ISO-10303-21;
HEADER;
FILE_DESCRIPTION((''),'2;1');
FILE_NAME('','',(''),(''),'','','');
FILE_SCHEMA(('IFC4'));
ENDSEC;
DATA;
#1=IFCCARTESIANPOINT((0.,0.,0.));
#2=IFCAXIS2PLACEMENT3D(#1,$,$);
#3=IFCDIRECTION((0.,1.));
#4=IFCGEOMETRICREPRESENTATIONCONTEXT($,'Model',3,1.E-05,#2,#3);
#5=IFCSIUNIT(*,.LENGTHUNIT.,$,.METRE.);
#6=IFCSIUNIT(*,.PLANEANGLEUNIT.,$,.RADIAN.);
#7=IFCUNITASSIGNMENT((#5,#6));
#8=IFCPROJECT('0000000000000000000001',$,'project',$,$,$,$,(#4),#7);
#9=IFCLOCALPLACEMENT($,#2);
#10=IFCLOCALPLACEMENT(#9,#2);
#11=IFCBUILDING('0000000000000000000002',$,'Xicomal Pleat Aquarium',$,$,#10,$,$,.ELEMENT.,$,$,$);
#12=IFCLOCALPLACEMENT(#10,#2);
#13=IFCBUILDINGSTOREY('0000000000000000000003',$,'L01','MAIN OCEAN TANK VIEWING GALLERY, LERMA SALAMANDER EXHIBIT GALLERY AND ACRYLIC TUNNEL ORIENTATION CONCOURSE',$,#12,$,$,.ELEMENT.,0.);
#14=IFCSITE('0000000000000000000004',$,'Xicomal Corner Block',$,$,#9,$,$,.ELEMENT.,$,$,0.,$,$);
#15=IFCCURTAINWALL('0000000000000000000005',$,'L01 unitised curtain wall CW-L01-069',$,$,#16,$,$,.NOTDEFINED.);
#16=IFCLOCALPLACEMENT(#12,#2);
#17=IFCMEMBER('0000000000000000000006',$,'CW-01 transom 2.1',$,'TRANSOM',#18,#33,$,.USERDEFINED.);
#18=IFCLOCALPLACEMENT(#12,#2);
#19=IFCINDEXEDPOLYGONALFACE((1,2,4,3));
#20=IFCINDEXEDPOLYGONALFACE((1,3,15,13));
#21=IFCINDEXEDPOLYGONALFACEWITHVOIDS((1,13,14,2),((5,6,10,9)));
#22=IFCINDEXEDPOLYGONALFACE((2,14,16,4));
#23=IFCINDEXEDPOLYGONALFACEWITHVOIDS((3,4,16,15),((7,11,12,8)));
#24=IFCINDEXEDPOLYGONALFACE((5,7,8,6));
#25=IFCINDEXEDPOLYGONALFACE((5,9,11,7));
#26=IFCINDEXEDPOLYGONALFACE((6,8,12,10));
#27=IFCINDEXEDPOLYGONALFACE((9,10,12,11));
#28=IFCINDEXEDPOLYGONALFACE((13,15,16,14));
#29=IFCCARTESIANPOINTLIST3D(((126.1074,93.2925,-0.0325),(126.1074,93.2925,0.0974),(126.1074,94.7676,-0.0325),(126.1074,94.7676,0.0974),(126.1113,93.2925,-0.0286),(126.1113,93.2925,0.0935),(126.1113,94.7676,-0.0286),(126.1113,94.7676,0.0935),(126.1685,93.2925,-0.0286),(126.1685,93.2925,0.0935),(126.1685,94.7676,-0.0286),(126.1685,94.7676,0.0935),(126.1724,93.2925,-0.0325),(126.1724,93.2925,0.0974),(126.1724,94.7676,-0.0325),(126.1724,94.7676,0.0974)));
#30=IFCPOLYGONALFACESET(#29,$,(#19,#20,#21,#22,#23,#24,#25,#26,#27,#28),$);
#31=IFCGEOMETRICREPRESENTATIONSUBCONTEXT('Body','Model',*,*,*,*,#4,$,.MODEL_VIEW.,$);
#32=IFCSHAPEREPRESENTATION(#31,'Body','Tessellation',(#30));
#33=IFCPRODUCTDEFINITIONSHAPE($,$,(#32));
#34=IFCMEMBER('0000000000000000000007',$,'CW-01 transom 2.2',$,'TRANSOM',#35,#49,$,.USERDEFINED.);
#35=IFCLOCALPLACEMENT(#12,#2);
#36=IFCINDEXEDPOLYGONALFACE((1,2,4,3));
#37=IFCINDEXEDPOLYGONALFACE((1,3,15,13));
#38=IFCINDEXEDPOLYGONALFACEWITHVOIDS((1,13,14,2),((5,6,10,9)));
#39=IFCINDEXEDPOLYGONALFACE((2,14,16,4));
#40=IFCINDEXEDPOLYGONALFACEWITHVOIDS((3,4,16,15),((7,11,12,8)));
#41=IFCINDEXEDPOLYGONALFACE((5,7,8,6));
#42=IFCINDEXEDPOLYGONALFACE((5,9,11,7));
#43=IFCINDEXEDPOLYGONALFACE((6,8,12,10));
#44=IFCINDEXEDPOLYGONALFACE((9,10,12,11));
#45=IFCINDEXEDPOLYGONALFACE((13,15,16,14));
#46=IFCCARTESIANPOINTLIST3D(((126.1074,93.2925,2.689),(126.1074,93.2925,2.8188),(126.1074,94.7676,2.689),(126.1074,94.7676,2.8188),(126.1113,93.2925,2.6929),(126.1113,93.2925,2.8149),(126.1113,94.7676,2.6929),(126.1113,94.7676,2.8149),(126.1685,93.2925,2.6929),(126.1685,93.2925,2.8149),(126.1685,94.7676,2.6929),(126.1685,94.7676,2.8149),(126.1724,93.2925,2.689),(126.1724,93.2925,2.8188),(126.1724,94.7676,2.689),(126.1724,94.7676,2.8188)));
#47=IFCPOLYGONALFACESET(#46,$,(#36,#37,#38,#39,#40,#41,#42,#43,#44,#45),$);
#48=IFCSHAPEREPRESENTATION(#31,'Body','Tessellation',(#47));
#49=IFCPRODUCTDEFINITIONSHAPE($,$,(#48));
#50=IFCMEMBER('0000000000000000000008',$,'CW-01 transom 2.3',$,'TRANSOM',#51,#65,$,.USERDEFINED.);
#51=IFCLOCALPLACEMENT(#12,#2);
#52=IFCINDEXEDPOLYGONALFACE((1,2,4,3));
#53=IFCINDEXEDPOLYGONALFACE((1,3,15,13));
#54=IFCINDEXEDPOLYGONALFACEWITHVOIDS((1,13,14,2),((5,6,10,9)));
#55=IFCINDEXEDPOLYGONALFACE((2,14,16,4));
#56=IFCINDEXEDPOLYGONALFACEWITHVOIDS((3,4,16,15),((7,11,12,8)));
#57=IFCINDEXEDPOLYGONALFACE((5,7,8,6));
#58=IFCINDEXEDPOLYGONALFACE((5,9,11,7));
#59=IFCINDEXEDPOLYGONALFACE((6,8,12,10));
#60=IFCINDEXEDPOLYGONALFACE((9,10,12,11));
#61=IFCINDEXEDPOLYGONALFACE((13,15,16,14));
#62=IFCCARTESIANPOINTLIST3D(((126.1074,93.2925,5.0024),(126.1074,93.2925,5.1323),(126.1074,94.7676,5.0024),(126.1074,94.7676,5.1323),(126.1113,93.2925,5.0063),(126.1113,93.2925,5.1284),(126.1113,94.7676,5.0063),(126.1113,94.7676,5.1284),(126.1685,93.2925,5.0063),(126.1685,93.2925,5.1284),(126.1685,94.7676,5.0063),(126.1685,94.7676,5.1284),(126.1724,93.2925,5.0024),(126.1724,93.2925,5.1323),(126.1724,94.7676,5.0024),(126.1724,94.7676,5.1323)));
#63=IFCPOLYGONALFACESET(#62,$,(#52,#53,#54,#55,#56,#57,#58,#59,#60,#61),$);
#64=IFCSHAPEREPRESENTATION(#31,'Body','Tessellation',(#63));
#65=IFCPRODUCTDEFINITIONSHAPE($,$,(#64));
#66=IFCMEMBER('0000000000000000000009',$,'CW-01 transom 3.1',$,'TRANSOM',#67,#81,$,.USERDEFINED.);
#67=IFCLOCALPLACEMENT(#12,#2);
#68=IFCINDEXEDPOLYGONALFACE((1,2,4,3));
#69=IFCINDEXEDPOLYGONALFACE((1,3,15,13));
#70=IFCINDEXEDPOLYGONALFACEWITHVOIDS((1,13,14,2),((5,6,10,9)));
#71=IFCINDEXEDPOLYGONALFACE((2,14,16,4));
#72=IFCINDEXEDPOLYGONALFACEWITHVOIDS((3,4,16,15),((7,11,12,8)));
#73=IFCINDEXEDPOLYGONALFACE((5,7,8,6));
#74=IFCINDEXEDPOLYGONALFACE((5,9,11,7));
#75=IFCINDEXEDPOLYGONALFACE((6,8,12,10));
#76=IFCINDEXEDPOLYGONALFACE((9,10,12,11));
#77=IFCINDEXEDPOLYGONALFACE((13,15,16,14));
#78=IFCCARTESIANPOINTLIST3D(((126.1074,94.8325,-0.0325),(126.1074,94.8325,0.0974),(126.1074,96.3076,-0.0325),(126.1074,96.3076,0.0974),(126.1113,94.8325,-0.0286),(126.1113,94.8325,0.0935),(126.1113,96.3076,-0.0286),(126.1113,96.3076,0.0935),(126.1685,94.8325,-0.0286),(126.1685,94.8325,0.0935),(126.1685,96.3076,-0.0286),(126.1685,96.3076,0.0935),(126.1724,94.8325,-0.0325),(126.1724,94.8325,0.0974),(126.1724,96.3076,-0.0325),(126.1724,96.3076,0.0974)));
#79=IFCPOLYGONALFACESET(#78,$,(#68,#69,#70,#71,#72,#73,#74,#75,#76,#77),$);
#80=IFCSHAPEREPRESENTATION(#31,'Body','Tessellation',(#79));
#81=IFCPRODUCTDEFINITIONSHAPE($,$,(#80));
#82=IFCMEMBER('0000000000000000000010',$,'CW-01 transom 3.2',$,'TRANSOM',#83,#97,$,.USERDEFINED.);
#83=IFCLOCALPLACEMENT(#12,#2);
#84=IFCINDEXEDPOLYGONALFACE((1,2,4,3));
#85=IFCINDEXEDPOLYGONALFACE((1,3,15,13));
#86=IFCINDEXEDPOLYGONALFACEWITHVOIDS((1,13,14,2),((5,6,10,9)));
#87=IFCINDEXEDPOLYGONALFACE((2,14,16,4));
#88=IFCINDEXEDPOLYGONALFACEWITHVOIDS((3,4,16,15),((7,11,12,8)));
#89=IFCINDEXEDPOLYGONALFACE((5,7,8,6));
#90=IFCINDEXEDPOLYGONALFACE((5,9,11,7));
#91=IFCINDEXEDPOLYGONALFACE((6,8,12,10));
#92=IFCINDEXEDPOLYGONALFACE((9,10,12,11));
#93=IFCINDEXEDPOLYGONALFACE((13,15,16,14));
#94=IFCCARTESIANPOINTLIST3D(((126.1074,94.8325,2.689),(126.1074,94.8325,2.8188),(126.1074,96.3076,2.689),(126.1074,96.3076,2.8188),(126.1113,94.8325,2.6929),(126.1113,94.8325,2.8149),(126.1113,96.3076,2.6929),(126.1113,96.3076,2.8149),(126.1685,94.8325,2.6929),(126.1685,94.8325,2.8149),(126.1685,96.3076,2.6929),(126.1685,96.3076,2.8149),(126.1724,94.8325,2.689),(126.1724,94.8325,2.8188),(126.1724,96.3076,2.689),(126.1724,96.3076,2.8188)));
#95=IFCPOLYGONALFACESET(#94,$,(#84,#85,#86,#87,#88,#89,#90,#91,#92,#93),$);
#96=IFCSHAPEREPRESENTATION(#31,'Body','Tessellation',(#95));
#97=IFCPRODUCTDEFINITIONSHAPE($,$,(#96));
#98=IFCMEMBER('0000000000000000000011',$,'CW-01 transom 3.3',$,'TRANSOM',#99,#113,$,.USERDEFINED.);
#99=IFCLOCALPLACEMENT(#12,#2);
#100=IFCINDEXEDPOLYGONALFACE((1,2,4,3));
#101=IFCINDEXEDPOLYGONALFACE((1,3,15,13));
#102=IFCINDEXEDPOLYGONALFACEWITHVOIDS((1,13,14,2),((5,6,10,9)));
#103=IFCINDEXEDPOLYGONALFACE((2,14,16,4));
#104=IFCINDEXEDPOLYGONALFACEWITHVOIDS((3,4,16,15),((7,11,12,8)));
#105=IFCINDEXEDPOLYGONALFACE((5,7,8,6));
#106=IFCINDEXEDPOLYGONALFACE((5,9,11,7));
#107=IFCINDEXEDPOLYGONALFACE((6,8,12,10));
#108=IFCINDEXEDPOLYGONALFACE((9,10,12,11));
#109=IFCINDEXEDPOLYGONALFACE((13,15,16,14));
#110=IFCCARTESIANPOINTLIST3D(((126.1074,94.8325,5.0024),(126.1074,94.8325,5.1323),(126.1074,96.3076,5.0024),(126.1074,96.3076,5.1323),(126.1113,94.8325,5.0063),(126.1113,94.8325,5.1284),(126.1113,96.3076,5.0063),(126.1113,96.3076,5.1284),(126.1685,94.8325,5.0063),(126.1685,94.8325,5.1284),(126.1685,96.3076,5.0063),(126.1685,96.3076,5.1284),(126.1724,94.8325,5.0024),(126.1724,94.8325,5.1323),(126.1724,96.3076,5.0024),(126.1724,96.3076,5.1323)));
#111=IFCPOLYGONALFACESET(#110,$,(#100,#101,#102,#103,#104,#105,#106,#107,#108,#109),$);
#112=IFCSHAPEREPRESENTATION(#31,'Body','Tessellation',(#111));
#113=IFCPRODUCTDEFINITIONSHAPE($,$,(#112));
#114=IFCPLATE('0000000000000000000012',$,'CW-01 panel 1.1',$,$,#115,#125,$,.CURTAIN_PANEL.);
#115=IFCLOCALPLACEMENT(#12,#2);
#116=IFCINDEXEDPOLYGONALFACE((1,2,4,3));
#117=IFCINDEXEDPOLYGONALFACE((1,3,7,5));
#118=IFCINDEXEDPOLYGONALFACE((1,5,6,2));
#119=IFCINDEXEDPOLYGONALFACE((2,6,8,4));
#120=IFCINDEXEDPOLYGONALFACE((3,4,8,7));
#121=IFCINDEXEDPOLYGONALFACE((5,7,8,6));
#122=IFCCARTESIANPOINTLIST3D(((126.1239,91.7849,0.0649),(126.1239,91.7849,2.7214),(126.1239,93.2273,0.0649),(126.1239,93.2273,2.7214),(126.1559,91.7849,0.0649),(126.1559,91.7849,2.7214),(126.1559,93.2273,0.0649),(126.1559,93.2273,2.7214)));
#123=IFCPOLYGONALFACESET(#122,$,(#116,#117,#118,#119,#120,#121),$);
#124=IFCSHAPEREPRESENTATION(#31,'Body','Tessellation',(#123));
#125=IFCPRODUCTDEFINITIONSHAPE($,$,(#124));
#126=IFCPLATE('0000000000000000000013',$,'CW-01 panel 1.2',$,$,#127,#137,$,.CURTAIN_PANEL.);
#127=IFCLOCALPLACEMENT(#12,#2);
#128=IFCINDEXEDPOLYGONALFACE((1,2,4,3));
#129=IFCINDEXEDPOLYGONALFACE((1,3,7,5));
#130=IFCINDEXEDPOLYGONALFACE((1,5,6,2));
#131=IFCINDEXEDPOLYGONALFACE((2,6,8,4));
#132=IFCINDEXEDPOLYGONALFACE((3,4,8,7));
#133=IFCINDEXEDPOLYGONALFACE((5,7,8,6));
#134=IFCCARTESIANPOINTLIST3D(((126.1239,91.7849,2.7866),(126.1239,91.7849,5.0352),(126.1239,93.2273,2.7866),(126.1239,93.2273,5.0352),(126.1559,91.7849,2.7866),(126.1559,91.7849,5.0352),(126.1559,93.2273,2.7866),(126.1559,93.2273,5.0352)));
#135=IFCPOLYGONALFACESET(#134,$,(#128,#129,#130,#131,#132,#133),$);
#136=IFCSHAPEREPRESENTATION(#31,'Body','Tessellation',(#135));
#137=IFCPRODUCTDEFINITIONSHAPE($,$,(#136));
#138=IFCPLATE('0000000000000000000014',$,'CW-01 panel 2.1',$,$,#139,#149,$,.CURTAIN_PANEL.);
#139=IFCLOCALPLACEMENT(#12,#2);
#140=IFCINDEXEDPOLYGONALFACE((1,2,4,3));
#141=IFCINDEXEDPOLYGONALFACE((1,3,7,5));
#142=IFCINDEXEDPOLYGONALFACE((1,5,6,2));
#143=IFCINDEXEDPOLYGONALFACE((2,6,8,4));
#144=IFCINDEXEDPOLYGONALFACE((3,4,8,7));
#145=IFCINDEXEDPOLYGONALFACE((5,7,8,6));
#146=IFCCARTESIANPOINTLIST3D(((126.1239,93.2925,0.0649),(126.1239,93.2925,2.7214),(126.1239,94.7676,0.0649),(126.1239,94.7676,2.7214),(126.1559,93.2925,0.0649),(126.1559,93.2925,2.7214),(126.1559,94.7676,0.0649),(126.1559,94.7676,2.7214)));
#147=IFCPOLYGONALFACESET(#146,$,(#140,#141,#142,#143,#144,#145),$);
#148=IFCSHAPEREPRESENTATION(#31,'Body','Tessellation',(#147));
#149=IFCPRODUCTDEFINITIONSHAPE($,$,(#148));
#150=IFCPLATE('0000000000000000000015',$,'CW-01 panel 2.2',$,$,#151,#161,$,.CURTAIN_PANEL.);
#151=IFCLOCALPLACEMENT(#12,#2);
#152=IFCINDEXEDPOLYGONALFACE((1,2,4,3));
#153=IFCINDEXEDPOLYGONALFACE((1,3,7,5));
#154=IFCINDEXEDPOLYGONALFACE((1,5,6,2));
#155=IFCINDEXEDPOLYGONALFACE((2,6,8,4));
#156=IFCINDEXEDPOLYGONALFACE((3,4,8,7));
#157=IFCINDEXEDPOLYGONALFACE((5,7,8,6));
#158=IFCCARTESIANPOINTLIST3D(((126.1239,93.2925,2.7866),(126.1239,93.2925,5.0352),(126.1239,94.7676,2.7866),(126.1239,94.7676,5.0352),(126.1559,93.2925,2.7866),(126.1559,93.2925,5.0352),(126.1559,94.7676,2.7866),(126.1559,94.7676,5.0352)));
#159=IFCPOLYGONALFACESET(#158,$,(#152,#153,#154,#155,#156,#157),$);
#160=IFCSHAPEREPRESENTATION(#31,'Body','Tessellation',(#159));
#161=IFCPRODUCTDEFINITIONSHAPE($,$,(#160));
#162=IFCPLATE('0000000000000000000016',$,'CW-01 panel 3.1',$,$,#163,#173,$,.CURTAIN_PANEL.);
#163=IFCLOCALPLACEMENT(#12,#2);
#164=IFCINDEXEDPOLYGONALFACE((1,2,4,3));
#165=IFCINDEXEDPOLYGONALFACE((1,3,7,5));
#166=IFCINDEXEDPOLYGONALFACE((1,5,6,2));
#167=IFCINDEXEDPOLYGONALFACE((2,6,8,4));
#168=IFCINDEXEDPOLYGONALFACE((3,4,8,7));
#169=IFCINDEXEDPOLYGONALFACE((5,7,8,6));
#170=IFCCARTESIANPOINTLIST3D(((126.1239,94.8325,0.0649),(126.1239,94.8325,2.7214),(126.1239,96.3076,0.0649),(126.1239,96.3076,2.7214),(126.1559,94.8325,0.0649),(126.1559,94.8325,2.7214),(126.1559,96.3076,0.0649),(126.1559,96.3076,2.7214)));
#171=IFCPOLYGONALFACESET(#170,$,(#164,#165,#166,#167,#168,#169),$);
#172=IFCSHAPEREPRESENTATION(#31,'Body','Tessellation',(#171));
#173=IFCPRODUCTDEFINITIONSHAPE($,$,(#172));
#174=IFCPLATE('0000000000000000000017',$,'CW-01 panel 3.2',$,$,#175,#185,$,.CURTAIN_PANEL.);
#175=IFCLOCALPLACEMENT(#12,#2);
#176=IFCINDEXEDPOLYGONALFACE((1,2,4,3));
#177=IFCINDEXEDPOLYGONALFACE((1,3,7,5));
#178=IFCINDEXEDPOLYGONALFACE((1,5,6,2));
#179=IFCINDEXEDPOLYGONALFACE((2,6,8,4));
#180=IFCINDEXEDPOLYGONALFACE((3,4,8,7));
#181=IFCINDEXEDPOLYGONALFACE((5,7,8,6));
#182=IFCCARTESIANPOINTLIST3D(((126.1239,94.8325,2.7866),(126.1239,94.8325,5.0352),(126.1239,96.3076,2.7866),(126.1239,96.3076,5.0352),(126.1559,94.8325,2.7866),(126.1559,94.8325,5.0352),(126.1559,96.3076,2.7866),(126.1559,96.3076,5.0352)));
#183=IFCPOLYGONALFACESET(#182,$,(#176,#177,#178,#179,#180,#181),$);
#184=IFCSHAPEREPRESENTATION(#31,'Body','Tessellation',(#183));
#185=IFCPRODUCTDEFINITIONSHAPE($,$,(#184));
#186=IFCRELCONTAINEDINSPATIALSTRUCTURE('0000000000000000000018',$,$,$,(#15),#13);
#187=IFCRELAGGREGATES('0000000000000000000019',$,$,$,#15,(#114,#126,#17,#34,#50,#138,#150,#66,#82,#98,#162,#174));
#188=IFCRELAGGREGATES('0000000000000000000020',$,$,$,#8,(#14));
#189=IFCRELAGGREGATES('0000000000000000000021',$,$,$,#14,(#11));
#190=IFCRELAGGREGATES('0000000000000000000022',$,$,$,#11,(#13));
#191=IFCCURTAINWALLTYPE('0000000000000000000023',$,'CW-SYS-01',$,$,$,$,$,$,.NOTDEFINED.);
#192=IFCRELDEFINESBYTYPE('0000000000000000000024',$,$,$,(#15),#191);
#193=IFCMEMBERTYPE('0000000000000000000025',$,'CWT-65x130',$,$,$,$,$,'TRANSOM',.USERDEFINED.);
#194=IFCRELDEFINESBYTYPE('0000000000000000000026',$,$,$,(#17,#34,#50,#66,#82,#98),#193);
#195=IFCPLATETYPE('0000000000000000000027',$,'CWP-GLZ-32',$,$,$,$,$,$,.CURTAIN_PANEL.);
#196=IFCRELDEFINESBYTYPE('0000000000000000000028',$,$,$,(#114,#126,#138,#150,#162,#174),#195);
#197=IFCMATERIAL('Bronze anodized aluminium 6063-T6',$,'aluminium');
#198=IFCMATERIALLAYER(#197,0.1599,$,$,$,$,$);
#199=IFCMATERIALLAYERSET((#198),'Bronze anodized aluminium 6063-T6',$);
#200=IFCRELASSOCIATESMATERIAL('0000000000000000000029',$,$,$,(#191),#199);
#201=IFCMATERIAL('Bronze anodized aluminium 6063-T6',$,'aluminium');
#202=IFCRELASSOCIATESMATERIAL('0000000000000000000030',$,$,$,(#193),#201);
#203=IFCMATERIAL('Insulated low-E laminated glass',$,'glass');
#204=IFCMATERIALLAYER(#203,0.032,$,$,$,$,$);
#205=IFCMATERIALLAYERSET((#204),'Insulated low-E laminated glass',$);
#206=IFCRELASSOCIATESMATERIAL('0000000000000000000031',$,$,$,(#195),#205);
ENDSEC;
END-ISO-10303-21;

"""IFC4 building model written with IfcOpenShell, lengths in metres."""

from ifc_helpers import new_model, si_unit, direction, frame, origin, origin_2d, place, context, subcontext, project, spatial, rectangle, hollow_rectangle, extrude, material, layer, layer_set, material_profile, profile_set, type_object, element, aggregate, save


model = new_model("IFC4")

# Units and contexts
model_context = context("Model", 3, precision=1e-05, world=origin(), true_north=direction((0.0, 1.0)))
body_context = subcontext(model_context, "Body", "Model", "MODEL_VIEW")
ifc_project = project(units=[si_unit("LENGTHUNIT", "METRE"), si_unit("PLANEANGLEUNIT", "RADIAN")], contexts=[model_context])

# Site, building, storey
site_placement = place(None, origin())
site = spatial("IfcSite", under=ifc_project, at=site_placement, Name="Xicomal Corner Block", CompositionType="ELEMENT", RefElevation=0.0)
building_placement = place(site_placement, origin())
building = spatial("IfcBuilding", under=site, at=building_placement, Name="Xicomal Pleat Aquarium", CompositionType="ELEMENT")
storey_placement = place(building_placement, origin())
storey = spatial("IfcBuildingStorey", under=building, at=storey_placement, Name="L01", Description="MAIN OCEAN TANK VIEWING GALLERY, LERMA SALAMANDER EXHIBIT GALLERY AND ACRYLIC TUNNEL ORIENTATION CONCOURSE", CompositionType="ELEMENT", Elevation=0.0)

# Curtain wall, members, plates
ifc_material_1 = material(Name="Bronze anodized aluminium 6063-T6", Category="aluminium")
ifc_layer_1 = layer(ifc_material_1, 0.1599)
ifc_layer_set_1 = layer_set([ifc_layer_1], Name="Bronze anodized aluminium 6063-T6")
curtain_wall_type = type_object("IfcCurtainWallType", Name="CW-SYS-01", PredefinedType="NOTDEFINED", material=ifc_layer_set_1)
curtain_wall_placement = place(storey_placement, origin())
curtain_wall = element("IfcCurtainWall", 1, at=curtain_wall_placement, inside=storey, type_object=curtain_wall_type, Name="L01 unitised curtain wall CW-L01-069", PredefinedType="NOTDEFINED")
ifc_material_2 = material(Name="Bronze anodized aluminium 6063-T6", Category="aluminium")
ifc_material_profile_1 = material_profile(ifc_material_2, hollow_rectangle(XDim=0.0649, YDim=0.1299, WallThickness=0.0039, at=origin_2d()), Name="ALU TRAN 65x130")
ifc_profile_set_1 = profile_set([ifc_material_profile_1], Name="Bronze anodized aluminium 6063-T6")
member_type_1 = type_object("IfcMemberType", Name="CWT-65x130", ElementType="TRANSOM", PredefinedType="USERDEFINED", material=ifc_profile_set_1)
member_1_placement = place(storey_placement, frame((126.1399, 93.2925, 0.0325), z_axis=(0.0, 1.0, 0.0), x_axis=(-1.0, 0.0, 0.0)))
member_1 = element("IfcMember", 2, at=member_1_placement, type_object=member_type_1, Name="CW-01 transom 2.1", ObjectType="TRANSOM", PredefinedType="USERDEFINED", context=body_context, shape_type="SweptSolid", body=[
    extrude(hollow_rectangle(XDim=0.0649, YDim=0.1299, WallThickness=0.0039, at=origin_2d()), origin(), (0.0, 0.0, 1.0), 1.4751),
])
member_2_placement = place(storey_placement, frame((126.1399, 93.2925, 2.7539), z_axis=(0.0, 1.0, 0.0), x_axis=(-1.0, 0.0, 0.0)))
member_2 = element("IfcMember", 3, at=member_2_placement, type_object=member_type_1, Name="CW-01 transom 2.2", ObjectType="TRANSOM", PredefinedType="USERDEFINED", context=body_context, shape_type="SweptSolid", body=[
    extrude(hollow_rectangle(XDim=0.0649, YDim=0.1299, WallThickness=0.0039, at=origin_2d()), origin(), (0.0, 0.0, 1.0), 1.4751),
])
member_3_placement = place(storey_placement, frame((126.1399, 93.2925, 5.0674), z_axis=(0.0, 1.0, 0.0), x_axis=(-1.0, 0.0, 0.0)))
member_3 = element("IfcMember", 4, at=member_3_placement, type_object=member_type_1, Name="CW-01 transom 2.3", ObjectType="TRANSOM", PredefinedType="USERDEFINED", context=body_context, shape_type="SweptSolid", body=[
    extrude(hollow_rectangle(XDim=0.0649, YDim=0.1299, WallThickness=0.0039, at=origin_2d()), origin(), (0.0, 0.0, 1.0), 1.4751),
])
member_4_placement = place(storey_placement, frame((126.1399, 94.8325, 0.0325), z_axis=(0.0, 1.0, 0.0), x_axis=(-1.0, 0.0, 0.0)))
member_4 = element("IfcMember", 5, at=member_4_placement, type_object=member_type_1, Name="CW-01 transom 3.1", ObjectType="TRANSOM", PredefinedType="USERDEFINED", context=body_context, shape_type="SweptSolid", body=[
    extrude(hollow_rectangle(XDim=0.0649, YDim=0.1299, WallThickness=0.0039, at=origin_2d()), origin(), (0.0, 0.0, 1.0), 1.4751),
])
member_5_placement = place(storey_placement, frame((126.1399, 94.8325, 2.7539), z_axis=(0.0, 1.0, 0.0), x_axis=(-1.0, 0.0, 0.0)))
member_5 = element("IfcMember", 6, at=member_5_placement, type_object=member_type_1, Name="CW-01 transom 3.2", ObjectType="TRANSOM", PredefinedType="USERDEFINED", context=body_context, shape_type="SweptSolid", body=[
    extrude(hollow_rectangle(XDim=0.0649, YDim=0.1299, WallThickness=0.0039, at=origin_2d()), origin(), (0.0, 0.0, 1.0), 1.4751),
])
member_6_placement = place(storey_placement, frame((126.1399, 94.8325, 5.0674), z_axis=(0.0, 1.0, 0.0), x_axis=(-1.0, 0.0, 0.0)))
member_6 = element("IfcMember", 7, at=member_6_placement, type_object=member_type_1, Name="CW-01 transom 3.3", ObjectType="TRANSOM", PredefinedType="USERDEFINED", context=body_context, shape_type="SweptSolid", body=[
    extrude(hollow_rectangle(XDim=0.0649, YDim=0.1299, WallThickness=0.0039, at=origin_2d()), origin(), (0.0, 0.0, 1.0), 1.4751),
])
ifc_material_3 = material(Name="Insulated low-E laminated glass", Category="glass")
ifc_layer_2 = layer(ifc_material_3, 0.032)
ifc_layer_set_2 = layer_set([ifc_layer_2], Name="Insulated low-E laminated glass")
plate_type = type_object("IfcPlateType", Name="CWP-GLZ-32", PredefinedType="CURTAIN_PANEL", material=ifc_layer_set_2)
plate_1_placement = place(storey_placement, frame((126.1399, 92.5061, 0.0649), z_axis=(0.0, 0.0, 1.0), x_axis=(0.0, 1.0, 0.0)))
plate_1 = element("IfcPlate", 8, at=plate_1_placement, type_object=plate_type, Name="CW-01 panel 1.1", PredefinedType="CURTAIN_PANEL", context=body_context, shape_type="SweptSolid", body=[
    extrude(rectangle(XDim=1.4424, YDim=0.032, at=origin_2d()), origin(), (0.0, 0.0, 1.0), 2.6565),
])
plate_2_placement = place(storey_placement, frame((126.1399, 92.5061, 2.7866), z_axis=(0.0, 0.0, 1.0), x_axis=(0.0, 1.0, 0.0)))
plate_2 = element("IfcPlate", 9, at=plate_2_placement, type_object=plate_type, Name="CW-01 panel 1.2", PredefinedType="CURTAIN_PANEL", context=body_context, shape_type="SweptSolid", body=[
    extrude(rectangle(XDim=1.4424, YDim=0.032, at=origin_2d()), origin(), (0.0, 0.0, 1.0), 2.2485),
])
plate_3_placement = place(storey_placement, frame((126.1399, 94.03, 0.0649), z_axis=(0.0, 0.0, 1.0), x_axis=(0.0, 1.0, 0.0)))
plate_3 = element("IfcPlate", 10, at=plate_3_placement, type_object=plate_type, Name="CW-01 panel 2.1", PredefinedType="CURTAIN_PANEL", context=body_context, shape_type="SweptSolid", body=[
    extrude(rectangle(XDim=1.4751, YDim=0.032, at=origin_2d()), origin(), (0.0, 0.0, 1.0), 2.6565),
])
plate_4_placement = place(storey_placement, frame((126.1399, 94.03, 2.7866), z_axis=(0.0, 0.0, 1.0), x_axis=(0.0, 1.0, 0.0)))
plate_4 = element("IfcPlate", 11, at=plate_4_placement, type_object=plate_type, Name="CW-01 panel 2.2", PredefinedType="CURTAIN_PANEL", context=body_context, shape_type="SweptSolid", body=[
    extrude(rectangle(XDim=1.4751, YDim=0.032, at=origin_2d()), origin(), (0.0, 0.0, 1.0), 2.2485),
])
plate_5_placement = place(storey_placement, frame((126.1399, 95.5701, 0.0649), z_axis=(0.0, 0.0, 1.0), x_axis=(0.0, 1.0, 0.0)))
plate_5 = element("IfcPlate", 12, at=plate_5_placement, type_object=plate_type, Name="CW-01 panel 3.1", PredefinedType="CURTAIN_PANEL", context=body_context, shape_type="SweptSolid", body=[
    extrude(rectangle(XDim=1.4751, YDim=0.032, at=origin_2d()), origin(), (0.0, 0.0, 1.0), 2.6565),
])
plate_6_placement = place(storey_placement, frame((126.1399, 95.5701, 2.7866), z_axis=(0.0, 0.0, 1.0), x_axis=(0.0, 1.0, 0.0)))
plate_6 = element("IfcPlate", 13, at=plate_6_placement, type_object=plate_type, Name="CW-01 panel 3.2", PredefinedType="CURTAIN_PANEL", context=body_context, shape_type="SweptSolid", body=[
    extrude(rectangle(XDim=1.4751, YDim=0.032, at=origin_2d()), origin(), (0.0, 0.0, 1.0), 2.2485),
])
aggregate(curtain_wall, [plate_1, plate_2, member_1, member_2, member_3, plate_3, plate_4, member_4, member_5, member_6, plate_5, plate_6])

save(model, "model.ifc")
